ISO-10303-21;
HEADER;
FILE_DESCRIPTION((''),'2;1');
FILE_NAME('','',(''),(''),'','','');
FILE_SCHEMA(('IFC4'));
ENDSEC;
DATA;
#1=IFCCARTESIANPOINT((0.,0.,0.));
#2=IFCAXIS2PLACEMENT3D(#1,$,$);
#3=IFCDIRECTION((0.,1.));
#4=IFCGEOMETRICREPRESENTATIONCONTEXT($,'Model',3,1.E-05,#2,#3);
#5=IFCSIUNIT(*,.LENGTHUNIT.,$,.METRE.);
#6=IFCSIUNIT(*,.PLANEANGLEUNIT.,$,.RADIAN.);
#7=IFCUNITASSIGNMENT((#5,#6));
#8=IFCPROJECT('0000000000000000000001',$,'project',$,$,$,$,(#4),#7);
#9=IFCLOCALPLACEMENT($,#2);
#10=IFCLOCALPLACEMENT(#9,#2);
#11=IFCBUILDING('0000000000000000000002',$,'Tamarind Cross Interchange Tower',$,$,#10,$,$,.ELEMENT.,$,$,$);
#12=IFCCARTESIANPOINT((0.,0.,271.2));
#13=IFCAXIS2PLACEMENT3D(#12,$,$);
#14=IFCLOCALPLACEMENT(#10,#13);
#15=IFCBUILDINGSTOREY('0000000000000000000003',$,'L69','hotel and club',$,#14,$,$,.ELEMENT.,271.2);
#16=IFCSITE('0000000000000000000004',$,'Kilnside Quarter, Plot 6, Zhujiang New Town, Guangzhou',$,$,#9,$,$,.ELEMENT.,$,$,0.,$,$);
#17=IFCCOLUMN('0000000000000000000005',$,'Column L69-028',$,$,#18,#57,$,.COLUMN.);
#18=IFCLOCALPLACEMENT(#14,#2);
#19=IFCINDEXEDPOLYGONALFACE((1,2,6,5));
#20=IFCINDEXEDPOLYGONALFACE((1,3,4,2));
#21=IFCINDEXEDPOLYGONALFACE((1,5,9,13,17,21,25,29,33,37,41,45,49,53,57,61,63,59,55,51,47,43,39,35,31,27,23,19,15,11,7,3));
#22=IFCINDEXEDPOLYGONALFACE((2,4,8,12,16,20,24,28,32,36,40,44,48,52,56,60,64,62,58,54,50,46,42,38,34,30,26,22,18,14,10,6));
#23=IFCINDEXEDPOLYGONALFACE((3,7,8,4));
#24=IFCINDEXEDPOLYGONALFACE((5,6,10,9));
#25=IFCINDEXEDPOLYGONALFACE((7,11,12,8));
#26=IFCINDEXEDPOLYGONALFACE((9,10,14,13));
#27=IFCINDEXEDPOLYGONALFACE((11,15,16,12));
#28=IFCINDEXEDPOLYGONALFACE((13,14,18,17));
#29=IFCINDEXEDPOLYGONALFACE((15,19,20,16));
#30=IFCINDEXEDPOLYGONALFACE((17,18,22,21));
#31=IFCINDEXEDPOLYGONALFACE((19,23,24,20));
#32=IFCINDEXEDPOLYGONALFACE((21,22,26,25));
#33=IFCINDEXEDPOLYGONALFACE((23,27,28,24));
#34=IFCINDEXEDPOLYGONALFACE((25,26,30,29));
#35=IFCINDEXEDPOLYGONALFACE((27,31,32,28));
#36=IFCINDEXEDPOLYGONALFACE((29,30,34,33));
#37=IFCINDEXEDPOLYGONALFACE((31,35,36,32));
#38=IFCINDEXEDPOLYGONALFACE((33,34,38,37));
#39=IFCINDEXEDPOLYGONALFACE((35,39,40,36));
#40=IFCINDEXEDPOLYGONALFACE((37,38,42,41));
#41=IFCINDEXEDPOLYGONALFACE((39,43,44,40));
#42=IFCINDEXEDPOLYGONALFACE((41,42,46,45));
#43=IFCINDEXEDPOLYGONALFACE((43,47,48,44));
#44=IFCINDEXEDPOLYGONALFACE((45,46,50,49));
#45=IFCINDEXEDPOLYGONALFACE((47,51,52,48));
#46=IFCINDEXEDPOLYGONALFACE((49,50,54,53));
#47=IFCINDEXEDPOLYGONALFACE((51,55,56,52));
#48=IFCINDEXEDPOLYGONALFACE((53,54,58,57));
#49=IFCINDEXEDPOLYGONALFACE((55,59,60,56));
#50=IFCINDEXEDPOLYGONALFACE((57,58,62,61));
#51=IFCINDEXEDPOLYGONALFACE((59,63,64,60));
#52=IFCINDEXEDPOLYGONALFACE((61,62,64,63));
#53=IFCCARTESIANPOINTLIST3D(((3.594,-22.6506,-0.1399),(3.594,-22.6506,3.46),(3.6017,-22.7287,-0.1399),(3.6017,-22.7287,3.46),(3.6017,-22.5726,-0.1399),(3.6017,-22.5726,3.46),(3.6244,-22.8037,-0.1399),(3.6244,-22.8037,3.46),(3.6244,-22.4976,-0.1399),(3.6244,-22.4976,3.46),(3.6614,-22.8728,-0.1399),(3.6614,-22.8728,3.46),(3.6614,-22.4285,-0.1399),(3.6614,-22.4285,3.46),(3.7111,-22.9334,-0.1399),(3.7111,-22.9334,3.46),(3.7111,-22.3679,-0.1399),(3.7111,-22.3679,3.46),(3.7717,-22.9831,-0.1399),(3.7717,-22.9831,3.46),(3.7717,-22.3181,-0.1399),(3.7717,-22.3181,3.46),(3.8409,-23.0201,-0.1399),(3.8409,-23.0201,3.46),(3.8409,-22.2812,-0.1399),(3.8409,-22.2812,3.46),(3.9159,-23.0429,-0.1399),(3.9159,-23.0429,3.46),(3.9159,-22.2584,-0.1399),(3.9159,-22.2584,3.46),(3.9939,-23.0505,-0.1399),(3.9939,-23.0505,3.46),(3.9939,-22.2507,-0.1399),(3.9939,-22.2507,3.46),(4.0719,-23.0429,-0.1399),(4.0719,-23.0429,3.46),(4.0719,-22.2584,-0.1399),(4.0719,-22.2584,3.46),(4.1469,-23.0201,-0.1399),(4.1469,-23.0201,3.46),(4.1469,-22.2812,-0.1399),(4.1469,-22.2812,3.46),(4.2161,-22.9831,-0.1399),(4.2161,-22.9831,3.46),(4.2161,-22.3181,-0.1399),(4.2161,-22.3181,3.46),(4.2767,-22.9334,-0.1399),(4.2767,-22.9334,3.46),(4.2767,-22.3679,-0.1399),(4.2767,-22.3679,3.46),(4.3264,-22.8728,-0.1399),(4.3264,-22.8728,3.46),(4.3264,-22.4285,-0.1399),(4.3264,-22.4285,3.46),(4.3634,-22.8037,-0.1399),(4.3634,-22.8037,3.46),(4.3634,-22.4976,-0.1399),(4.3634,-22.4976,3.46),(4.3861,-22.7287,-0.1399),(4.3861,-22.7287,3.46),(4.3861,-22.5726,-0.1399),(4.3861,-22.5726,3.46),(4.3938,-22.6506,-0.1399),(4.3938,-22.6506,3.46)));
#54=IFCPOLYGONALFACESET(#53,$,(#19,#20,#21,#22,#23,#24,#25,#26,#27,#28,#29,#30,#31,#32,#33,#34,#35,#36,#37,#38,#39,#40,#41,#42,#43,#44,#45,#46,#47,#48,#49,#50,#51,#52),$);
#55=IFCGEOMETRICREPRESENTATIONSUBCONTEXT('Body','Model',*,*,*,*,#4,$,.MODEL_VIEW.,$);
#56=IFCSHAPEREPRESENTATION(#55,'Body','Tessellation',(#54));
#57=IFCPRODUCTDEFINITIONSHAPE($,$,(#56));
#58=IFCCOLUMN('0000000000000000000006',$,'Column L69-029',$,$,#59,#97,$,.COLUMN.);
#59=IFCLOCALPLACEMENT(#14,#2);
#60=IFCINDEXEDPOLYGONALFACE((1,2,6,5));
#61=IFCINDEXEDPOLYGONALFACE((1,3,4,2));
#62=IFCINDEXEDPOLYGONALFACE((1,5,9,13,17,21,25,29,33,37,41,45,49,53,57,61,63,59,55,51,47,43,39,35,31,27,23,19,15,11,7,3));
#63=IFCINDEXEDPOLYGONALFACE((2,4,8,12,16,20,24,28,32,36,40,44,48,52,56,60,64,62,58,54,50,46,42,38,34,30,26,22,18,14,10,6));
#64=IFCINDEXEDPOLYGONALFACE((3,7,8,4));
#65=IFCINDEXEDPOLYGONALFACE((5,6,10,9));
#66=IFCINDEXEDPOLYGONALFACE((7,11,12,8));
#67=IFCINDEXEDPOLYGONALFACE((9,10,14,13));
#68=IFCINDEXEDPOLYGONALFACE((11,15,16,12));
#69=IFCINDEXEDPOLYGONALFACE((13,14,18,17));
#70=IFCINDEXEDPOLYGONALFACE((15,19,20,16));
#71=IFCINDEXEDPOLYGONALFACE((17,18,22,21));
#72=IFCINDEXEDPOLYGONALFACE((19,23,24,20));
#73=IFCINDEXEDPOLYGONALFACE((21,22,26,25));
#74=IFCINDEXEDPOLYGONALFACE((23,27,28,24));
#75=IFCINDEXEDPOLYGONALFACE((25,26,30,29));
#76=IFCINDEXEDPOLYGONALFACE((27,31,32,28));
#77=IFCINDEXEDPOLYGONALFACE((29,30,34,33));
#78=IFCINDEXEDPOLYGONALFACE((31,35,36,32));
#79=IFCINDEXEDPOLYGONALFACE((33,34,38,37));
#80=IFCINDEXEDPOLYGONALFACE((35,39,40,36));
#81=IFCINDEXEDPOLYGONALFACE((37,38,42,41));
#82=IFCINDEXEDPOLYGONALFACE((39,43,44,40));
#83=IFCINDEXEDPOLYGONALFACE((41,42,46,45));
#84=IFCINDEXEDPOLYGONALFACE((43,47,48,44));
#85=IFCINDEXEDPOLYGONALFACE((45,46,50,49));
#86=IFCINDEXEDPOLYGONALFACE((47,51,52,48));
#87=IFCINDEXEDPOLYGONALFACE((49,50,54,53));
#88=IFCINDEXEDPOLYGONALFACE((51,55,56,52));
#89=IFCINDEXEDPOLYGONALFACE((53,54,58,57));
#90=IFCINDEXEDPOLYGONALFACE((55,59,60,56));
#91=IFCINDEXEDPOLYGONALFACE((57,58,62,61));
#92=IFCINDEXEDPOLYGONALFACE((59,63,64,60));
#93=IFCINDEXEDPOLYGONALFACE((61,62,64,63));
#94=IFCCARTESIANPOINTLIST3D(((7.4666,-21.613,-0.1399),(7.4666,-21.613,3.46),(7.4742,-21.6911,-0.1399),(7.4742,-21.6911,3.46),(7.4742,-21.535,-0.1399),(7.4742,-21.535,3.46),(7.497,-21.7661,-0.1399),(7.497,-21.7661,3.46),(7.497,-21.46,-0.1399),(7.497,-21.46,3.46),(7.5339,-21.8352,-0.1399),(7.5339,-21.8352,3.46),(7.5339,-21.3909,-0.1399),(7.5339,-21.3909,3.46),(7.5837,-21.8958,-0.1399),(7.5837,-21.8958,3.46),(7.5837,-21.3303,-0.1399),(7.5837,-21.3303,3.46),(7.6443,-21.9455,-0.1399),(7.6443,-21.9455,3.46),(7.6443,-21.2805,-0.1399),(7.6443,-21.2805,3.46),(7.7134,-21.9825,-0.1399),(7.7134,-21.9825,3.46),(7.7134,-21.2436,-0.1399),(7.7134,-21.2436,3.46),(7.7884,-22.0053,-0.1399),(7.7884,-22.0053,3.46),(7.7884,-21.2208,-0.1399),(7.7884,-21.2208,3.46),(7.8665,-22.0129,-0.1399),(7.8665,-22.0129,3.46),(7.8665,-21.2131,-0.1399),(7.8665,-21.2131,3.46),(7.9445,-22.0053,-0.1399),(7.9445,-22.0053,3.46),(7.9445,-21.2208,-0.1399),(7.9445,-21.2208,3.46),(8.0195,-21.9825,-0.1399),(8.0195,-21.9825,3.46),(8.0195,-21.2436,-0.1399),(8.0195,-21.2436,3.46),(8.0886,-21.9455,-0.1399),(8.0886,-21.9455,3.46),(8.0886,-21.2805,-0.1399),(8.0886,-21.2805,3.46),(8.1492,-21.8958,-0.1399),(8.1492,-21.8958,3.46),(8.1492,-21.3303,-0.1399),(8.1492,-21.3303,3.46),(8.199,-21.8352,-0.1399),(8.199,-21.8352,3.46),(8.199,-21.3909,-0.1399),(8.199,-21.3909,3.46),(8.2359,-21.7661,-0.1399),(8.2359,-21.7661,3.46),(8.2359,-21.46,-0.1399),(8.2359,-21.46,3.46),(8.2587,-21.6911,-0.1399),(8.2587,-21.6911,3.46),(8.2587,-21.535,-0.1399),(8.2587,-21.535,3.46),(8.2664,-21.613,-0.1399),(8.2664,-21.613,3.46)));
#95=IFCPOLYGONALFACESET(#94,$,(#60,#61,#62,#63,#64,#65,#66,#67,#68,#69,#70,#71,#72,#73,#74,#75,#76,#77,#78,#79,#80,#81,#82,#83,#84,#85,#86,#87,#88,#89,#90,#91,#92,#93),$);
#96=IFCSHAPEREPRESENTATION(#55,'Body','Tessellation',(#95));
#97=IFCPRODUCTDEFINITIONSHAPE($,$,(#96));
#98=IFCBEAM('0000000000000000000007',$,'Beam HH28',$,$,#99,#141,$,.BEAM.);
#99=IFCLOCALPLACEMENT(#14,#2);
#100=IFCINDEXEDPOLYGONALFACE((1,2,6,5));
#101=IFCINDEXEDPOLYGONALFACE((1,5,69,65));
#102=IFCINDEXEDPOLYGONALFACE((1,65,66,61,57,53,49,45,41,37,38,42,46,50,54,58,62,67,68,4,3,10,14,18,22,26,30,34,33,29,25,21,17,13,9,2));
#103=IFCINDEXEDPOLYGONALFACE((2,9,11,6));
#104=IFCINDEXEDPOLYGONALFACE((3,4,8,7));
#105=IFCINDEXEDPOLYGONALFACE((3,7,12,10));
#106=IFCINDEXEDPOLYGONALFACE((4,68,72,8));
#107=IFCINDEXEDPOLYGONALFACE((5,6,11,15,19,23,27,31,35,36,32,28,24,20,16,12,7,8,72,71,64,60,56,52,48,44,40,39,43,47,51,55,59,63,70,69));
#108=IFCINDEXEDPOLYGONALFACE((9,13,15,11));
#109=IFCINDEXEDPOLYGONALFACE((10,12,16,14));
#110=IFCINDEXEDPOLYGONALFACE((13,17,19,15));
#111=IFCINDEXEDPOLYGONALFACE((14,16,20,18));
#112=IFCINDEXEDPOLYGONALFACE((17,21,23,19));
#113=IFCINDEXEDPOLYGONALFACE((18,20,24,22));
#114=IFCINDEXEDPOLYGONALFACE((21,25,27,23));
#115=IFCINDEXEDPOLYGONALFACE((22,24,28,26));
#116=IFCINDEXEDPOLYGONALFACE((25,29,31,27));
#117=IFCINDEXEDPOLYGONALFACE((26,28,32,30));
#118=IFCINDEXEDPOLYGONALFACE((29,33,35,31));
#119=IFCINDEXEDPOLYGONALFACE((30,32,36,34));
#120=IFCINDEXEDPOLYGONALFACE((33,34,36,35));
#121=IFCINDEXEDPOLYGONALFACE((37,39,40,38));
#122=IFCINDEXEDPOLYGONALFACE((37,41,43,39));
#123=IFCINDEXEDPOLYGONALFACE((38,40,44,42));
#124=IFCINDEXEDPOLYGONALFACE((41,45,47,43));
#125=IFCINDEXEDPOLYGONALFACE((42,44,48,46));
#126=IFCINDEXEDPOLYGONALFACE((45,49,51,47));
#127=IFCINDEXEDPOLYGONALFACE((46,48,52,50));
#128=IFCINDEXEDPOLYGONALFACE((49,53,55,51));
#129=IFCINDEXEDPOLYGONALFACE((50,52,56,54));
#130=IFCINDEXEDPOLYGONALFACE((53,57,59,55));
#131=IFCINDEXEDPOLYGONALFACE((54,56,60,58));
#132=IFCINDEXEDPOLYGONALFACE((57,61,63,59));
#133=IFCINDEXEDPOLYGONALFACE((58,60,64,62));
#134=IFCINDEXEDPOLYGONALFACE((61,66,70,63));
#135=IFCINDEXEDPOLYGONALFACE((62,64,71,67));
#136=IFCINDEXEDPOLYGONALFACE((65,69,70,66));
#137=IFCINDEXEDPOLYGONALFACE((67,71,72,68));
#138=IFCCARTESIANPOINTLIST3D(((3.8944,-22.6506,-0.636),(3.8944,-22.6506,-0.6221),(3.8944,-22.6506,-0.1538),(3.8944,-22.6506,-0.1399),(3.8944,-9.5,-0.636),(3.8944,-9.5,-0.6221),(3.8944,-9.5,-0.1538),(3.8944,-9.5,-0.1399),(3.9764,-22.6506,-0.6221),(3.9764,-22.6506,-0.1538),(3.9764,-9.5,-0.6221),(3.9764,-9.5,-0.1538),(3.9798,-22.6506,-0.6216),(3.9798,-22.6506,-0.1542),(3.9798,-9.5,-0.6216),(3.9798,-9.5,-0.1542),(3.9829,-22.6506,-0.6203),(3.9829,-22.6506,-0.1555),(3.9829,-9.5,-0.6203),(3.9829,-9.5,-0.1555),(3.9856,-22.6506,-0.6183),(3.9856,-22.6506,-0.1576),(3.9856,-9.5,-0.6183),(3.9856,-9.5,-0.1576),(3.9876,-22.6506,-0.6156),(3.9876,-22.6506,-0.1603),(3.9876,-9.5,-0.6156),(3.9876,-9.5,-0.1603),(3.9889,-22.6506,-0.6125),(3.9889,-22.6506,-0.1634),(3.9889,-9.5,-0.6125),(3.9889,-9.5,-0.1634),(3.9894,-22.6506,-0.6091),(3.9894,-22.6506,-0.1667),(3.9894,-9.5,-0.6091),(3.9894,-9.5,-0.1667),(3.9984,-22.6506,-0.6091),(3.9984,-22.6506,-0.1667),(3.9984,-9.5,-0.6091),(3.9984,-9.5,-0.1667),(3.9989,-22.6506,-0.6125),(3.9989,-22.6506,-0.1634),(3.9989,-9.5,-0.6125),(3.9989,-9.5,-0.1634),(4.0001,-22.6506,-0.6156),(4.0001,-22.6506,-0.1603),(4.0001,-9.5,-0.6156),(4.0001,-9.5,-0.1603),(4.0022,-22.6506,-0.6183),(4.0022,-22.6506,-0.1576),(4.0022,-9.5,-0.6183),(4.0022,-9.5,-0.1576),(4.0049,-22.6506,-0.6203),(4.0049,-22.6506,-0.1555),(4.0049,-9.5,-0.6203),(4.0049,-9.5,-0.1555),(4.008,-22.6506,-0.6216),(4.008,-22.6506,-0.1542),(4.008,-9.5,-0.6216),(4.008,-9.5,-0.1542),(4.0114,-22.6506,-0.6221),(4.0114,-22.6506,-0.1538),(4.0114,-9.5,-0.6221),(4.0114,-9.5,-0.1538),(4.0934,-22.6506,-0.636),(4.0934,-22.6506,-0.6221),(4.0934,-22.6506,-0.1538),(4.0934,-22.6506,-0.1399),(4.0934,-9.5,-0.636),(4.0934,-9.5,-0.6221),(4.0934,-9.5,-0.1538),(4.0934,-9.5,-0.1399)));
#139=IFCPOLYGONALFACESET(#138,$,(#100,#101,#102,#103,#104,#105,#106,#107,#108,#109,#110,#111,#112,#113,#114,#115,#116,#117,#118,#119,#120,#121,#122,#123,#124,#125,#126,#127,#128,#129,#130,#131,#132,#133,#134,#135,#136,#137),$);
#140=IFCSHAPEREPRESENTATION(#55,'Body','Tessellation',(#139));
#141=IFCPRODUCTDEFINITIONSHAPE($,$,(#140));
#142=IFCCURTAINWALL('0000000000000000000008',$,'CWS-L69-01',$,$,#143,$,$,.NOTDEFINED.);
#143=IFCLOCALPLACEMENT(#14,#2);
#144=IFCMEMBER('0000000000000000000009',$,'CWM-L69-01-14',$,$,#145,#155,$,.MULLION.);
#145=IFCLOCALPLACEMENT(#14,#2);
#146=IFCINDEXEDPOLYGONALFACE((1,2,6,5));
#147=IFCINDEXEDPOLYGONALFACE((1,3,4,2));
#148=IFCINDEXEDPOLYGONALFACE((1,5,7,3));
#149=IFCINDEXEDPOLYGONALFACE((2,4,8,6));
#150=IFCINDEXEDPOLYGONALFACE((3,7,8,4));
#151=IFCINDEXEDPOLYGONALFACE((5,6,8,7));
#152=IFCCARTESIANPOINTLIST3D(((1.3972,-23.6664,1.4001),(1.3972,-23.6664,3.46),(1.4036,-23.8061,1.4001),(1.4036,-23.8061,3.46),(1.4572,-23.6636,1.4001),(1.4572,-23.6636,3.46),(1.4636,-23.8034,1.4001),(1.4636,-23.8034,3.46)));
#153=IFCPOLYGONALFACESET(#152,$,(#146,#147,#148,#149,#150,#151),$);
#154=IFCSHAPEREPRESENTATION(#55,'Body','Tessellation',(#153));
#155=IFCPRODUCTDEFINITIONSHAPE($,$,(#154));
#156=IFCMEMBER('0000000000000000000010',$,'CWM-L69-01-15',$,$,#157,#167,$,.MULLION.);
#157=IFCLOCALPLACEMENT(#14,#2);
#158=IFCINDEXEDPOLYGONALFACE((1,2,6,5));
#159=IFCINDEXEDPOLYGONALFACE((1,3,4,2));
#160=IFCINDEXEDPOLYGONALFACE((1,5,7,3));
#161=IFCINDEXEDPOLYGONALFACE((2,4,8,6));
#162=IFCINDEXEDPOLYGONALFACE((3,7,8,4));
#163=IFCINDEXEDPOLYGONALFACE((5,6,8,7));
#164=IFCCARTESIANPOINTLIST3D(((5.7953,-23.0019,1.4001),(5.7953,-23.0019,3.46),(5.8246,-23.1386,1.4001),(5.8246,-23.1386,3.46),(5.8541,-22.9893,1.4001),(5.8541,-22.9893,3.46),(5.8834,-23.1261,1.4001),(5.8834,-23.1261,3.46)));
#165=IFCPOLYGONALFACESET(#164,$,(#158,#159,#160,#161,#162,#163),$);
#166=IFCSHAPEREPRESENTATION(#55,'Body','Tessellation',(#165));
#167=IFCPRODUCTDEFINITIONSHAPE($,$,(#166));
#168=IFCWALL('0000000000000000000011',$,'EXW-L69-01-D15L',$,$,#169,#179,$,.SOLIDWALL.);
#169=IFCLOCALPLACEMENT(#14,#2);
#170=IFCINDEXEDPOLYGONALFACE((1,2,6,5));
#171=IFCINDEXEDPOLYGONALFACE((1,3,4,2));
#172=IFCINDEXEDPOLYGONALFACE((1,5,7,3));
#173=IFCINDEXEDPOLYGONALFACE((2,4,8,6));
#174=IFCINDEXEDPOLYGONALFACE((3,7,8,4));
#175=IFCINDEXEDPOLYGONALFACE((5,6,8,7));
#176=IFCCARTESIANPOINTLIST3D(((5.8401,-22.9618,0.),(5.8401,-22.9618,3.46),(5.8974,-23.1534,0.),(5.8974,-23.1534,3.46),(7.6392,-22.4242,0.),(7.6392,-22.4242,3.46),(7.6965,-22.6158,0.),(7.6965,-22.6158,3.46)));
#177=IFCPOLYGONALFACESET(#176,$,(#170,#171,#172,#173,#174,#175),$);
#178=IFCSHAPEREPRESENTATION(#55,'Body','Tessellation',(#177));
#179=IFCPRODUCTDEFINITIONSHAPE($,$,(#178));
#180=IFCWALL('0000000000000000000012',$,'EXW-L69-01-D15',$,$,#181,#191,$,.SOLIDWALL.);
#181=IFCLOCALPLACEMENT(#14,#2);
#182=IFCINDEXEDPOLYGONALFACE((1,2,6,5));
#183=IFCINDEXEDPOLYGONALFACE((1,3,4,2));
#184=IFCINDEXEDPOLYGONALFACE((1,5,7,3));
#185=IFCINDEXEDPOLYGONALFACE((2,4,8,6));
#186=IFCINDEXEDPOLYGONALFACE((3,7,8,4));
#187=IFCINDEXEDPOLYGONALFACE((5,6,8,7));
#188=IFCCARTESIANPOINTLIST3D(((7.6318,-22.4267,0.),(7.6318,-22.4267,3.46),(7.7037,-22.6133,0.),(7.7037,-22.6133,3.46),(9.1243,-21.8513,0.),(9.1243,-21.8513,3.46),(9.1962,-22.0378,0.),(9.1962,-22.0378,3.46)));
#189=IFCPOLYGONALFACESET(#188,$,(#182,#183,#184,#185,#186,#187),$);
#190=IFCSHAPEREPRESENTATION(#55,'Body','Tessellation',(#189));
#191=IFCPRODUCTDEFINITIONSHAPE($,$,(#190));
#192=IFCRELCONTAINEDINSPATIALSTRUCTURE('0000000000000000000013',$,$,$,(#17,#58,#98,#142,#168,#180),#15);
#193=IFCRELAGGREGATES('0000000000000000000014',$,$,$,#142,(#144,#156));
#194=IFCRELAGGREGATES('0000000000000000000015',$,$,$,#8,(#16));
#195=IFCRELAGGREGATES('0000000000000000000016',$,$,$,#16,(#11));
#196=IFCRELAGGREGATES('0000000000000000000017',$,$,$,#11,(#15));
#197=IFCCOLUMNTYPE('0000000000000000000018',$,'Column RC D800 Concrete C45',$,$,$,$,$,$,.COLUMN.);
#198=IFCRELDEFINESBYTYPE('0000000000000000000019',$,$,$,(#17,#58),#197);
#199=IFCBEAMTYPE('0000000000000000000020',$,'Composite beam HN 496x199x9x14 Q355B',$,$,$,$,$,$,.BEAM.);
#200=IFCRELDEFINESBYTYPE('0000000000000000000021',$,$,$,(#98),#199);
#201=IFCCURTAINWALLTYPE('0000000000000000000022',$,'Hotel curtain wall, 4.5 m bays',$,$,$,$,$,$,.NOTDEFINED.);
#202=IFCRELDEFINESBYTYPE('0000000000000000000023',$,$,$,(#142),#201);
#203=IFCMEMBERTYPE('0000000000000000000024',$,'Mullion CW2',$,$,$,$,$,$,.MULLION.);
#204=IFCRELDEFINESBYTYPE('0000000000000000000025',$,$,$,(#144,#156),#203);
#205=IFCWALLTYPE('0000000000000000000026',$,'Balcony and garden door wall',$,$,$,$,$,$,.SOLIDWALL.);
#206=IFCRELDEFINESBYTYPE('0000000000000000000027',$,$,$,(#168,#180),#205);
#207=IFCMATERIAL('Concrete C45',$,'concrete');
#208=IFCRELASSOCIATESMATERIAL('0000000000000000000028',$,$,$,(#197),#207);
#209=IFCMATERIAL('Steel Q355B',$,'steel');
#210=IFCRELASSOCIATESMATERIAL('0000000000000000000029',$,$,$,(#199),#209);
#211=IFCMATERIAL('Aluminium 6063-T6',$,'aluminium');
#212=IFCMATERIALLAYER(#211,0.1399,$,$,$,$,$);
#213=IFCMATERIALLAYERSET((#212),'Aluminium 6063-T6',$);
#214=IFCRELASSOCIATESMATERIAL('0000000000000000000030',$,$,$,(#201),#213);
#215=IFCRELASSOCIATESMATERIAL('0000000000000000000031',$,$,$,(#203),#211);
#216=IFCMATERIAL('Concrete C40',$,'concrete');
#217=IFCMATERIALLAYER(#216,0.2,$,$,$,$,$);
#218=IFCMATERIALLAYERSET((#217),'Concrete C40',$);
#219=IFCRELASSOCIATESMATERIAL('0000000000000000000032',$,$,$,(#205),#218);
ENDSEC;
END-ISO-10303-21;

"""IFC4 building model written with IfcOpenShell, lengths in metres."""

from ifc_helpers import new_model, si_unit, direction, frame, frame_2d, origin, origin_2d, place, context, subcontext, project, spatial, rectangle, circle, i_section, extrude, material, layer, layer_set, material_profile, profile_set, type_object, element, aggregate, save


model = new_model("IFC4")

# Units and contexts
model_context = context("Model", 3, precision=1e-05, world=origin(), true_north=direction((0.0, 1.0)))
body_context = subcontext(model_context, "Body", "Model", "MODEL_VIEW")
ifc_project = project(units=[si_unit("LENGTHUNIT", "METRE"), si_unit("PLANEANGLEUNIT", "RADIAN")], contexts=[model_context])

# Site, building, storey
site_placement = place(None, origin())
site = spatial("IfcSite", under=ifc_project, at=site_placement, Name="Kilnside Quarter, Plot 6, Zhujiang New Town, Guangzhou", CompositionType="ELEMENT", RefElevation=0.0)
building_placement = place(site_placement, origin())
building = spatial("IfcBuilding", under=site, at=building_placement, Name="Tamarind Cross Interchange Tower", CompositionType="ELEMENT")
storey_placement = place(building_placement, frame((0.0, 0.0, 271.2)))
storey = spatial("IfcBuildingStorey", under=building, at=storey_placement, Name="L69", Description="hotel and club", CompositionType="ELEMENT", Elevation=271.2)

# Columns
ifc_material_1 = material(Name="Concrete C45", Category="concrete")
ifc_material_profile_1 = material_profile(ifc_material_1, circle(Radius=0.3999, at=origin_2d()), Name="RC D800")
ifc_profile_set_1 = profile_set([ifc_material_profile_1], Name="Concrete C45")
column_type = type_object("IfcColumnType", Name="Column RC D800 Concrete C45", PredefinedType="COLUMN", material=ifc_profile_set_1)
for number, where, z_axis, x_axis, name in (
    (1, (3.9939, -22.6506, -0.1399), (0.0, 0.0, 1.0), (1.0, 0.0, 0.0), "Column L69-028"),
    (2, (7.8665, -21.613, -0.1399), (0.0, 0.0, 1.0), (1.0, 0.0, 0.0), "Column L69-029"),
):
    element("IfcColumn", number, at=place(storey_placement, frame(where, z_axis=z_axis, x_axis=x_axis)), inside=storey, type_object=column_type, Name=name, PredefinedType="COLUMN", context=body_context, shape_type="SweptSolid", body=[
        extrude(circle(Radius=0.3999, at=origin_2d()), origin(), (0.0, 0.0, 1.0), 3.5999),
    ])

# Beam
ifc_material_2 = material(Name="Steel Q355B", Category="steel")
ifc_material_profile_2 = material_profile(ifc_material_2, i_section(OverallWidth=0.199, OverallDepth=0.4961, WebThickness=0.009, FlangeThickness=0.0139, FilletRadius=0.0129, at=origin_2d()), Name="HN 496x199x9x14")
ifc_profile_set_2 = profile_set([ifc_material_profile_2], Name="Steel Q355B")
beam_type = type_object("IfcBeamType", Name="Composite beam HN 496x199x9x14 Q355B", PredefinedType="BEAM", material=ifc_profile_set_2)
beam_placement = place(storey_placement, frame((3.9939, -22.6506, -0.3879), z_axis=(0.0, 1.0, 0.0), x_axis=(-1.0, 0.0, 0.0)))
element("IfcBeam", 3, at=beam_placement, inside=storey, type_object=beam_type, Name="Beam HH28", PredefinedType="BEAM", context=body_context, shape_type="SweptSolid", body=[
    extrude(i_section(OverallWidth=0.199, OverallDepth=0.4961, WebThickness=0.009, FlangeThickness=0.0139, FilletRadius=0.0129, at=origin_2d()), origin(), (0.0, 0.0, 1.0), 13.1506),
])

# Curtain wall, members
ifc_material_3 = material(Name="Aluminium 6063-T6", Category="aluminium")
ifc_layer_1 = layer(ifc_material_3, 0.1399)
ifc_layer_set_1 = layer_set([ifc_layer_1], Name="Aluminium 6063-T6")
curtain_wall_type = type_object("IfcCurtainWallType", Name="Hotel curtain wall, 4.5 m bays", PredefinedType="NOTDEFINED", material=ifc_layer_set_1)
curtain_wall_placement = place(storey_placement, origin())
curtain_wall = element("IfcCurtainWall", 4, at=curtain_wall_placement, inside=storey, type_object=curtain_wall_type, Name="CWS-L69-01", PredefinedType="NOTDEFINED")
ifc_material_profile_3 = material_profile(ifc_material_3, rectangle(XDim=0.0601, YDim=0.1399, at=origin_2d()), Name="Mullion CW2")
ifc_profile_set_3 = profile_set([ifc_material_profile_3], Name="Aluminium 6063-T6")
member_type = type_object("IfcMemberType", Name="Mullion CW2", PredefinedType="MULLION", material=ifc_profile_set_3)
member_1_placement = place(storey_placement, frame((1.4304, -23.7349, 1.4001), z_axis=(0.0, 0.0, 1.0), x_axis=(0.998959, 0.045624, 0.0)))
member_1 = element("IfcMember", 5, at=member_1_placement, type_object=member_type, Name="CWM-L69-01-14", PredefinedType="MULLION", context=body_context, shape_type="SweptSolid", body=[
    extrude(rectangle(XDim=0.0601, YDim=0.1399, at=origin_2d()), origin(), (0.0, 0.0, 1.0), 2.0598),
])
member_2_placement = place(storey_placement, frame((5.8394, -23.064, 1.4001), z_axis=(0.0, 0.0, 1.0), x_axis=(0.977825, 0.209425, 0.0)))
member_2 = element("IfcMember", 6, at=member_2_placement, type_object=member_type, Name="CWM-L69-01-15", PredefinedType="MULLION", context=body_context, shape_type="SweptSolid", body=[
    extrude(rectangle(XDim=0.0601, YDim=0.1399, at=origin_2d()), origin(), (0.0, 0.0, 1.0), 2.0598),
])
aggregate(curtain_wall, [member_1, member_2])

# Wall
ifc_material_4 = material(Name="Concrete C40", Category="concrete")
ifc_layer_2 = layer(ifc_material_4, 0.2)
ifc_layer_set_2 = layer_set([ifc_layer_2], Name="Concrete C40")
wall_type = type_object("IfcWallType", Name="Balcony and garden door wall", PredefinedType="SOLIDWALL", material=ifc_layer_set_2)
wall_1_placement = place(storey_placement, frame((5.8687, -23.0576, 0.0), z_axis=(0.0, 0.0, 1.0), x_axis=(0.958137, 0.28631, 0.0)))
element("IfcWall", 7, at=wall_1_placement, inside=storey, type_object=wall_type, Name="EXW-L69-01-D15L", PredefinedType="SOLIDWALL", context=body_context, shape_type="SweptSolid", body=[
    extrude(rectangle(XDim=1.8777, YDim=0.2, at=frame_2d((0.939, 0.0))), origin(), (0.0, 0.0, 1.0), 3.46),
])

# Wall
wall_2_placement = place(storey_placement, frame((7.6677, -22.52, 0.0), z_axis=(0.0, 0.0, 1.0), x_axis=(0.933046, 0.359756, 0.0)))
element("IfcWall", 8, at=wall_2_placement, inside=storey, type_object=wall_type, Name="EXW-L69-01-D15", PredefinedType="SOLIDWALL", context=body_context, shape_type="SweptSolid", body=[
    extrude(rectangle(XDim=1.5996, YDim=0.2, at=frame_2d((0.7998, 0.0))), origin(), (0.0, 0.0, 1.0), 3.46),
])

save(model, "model.ifc")
